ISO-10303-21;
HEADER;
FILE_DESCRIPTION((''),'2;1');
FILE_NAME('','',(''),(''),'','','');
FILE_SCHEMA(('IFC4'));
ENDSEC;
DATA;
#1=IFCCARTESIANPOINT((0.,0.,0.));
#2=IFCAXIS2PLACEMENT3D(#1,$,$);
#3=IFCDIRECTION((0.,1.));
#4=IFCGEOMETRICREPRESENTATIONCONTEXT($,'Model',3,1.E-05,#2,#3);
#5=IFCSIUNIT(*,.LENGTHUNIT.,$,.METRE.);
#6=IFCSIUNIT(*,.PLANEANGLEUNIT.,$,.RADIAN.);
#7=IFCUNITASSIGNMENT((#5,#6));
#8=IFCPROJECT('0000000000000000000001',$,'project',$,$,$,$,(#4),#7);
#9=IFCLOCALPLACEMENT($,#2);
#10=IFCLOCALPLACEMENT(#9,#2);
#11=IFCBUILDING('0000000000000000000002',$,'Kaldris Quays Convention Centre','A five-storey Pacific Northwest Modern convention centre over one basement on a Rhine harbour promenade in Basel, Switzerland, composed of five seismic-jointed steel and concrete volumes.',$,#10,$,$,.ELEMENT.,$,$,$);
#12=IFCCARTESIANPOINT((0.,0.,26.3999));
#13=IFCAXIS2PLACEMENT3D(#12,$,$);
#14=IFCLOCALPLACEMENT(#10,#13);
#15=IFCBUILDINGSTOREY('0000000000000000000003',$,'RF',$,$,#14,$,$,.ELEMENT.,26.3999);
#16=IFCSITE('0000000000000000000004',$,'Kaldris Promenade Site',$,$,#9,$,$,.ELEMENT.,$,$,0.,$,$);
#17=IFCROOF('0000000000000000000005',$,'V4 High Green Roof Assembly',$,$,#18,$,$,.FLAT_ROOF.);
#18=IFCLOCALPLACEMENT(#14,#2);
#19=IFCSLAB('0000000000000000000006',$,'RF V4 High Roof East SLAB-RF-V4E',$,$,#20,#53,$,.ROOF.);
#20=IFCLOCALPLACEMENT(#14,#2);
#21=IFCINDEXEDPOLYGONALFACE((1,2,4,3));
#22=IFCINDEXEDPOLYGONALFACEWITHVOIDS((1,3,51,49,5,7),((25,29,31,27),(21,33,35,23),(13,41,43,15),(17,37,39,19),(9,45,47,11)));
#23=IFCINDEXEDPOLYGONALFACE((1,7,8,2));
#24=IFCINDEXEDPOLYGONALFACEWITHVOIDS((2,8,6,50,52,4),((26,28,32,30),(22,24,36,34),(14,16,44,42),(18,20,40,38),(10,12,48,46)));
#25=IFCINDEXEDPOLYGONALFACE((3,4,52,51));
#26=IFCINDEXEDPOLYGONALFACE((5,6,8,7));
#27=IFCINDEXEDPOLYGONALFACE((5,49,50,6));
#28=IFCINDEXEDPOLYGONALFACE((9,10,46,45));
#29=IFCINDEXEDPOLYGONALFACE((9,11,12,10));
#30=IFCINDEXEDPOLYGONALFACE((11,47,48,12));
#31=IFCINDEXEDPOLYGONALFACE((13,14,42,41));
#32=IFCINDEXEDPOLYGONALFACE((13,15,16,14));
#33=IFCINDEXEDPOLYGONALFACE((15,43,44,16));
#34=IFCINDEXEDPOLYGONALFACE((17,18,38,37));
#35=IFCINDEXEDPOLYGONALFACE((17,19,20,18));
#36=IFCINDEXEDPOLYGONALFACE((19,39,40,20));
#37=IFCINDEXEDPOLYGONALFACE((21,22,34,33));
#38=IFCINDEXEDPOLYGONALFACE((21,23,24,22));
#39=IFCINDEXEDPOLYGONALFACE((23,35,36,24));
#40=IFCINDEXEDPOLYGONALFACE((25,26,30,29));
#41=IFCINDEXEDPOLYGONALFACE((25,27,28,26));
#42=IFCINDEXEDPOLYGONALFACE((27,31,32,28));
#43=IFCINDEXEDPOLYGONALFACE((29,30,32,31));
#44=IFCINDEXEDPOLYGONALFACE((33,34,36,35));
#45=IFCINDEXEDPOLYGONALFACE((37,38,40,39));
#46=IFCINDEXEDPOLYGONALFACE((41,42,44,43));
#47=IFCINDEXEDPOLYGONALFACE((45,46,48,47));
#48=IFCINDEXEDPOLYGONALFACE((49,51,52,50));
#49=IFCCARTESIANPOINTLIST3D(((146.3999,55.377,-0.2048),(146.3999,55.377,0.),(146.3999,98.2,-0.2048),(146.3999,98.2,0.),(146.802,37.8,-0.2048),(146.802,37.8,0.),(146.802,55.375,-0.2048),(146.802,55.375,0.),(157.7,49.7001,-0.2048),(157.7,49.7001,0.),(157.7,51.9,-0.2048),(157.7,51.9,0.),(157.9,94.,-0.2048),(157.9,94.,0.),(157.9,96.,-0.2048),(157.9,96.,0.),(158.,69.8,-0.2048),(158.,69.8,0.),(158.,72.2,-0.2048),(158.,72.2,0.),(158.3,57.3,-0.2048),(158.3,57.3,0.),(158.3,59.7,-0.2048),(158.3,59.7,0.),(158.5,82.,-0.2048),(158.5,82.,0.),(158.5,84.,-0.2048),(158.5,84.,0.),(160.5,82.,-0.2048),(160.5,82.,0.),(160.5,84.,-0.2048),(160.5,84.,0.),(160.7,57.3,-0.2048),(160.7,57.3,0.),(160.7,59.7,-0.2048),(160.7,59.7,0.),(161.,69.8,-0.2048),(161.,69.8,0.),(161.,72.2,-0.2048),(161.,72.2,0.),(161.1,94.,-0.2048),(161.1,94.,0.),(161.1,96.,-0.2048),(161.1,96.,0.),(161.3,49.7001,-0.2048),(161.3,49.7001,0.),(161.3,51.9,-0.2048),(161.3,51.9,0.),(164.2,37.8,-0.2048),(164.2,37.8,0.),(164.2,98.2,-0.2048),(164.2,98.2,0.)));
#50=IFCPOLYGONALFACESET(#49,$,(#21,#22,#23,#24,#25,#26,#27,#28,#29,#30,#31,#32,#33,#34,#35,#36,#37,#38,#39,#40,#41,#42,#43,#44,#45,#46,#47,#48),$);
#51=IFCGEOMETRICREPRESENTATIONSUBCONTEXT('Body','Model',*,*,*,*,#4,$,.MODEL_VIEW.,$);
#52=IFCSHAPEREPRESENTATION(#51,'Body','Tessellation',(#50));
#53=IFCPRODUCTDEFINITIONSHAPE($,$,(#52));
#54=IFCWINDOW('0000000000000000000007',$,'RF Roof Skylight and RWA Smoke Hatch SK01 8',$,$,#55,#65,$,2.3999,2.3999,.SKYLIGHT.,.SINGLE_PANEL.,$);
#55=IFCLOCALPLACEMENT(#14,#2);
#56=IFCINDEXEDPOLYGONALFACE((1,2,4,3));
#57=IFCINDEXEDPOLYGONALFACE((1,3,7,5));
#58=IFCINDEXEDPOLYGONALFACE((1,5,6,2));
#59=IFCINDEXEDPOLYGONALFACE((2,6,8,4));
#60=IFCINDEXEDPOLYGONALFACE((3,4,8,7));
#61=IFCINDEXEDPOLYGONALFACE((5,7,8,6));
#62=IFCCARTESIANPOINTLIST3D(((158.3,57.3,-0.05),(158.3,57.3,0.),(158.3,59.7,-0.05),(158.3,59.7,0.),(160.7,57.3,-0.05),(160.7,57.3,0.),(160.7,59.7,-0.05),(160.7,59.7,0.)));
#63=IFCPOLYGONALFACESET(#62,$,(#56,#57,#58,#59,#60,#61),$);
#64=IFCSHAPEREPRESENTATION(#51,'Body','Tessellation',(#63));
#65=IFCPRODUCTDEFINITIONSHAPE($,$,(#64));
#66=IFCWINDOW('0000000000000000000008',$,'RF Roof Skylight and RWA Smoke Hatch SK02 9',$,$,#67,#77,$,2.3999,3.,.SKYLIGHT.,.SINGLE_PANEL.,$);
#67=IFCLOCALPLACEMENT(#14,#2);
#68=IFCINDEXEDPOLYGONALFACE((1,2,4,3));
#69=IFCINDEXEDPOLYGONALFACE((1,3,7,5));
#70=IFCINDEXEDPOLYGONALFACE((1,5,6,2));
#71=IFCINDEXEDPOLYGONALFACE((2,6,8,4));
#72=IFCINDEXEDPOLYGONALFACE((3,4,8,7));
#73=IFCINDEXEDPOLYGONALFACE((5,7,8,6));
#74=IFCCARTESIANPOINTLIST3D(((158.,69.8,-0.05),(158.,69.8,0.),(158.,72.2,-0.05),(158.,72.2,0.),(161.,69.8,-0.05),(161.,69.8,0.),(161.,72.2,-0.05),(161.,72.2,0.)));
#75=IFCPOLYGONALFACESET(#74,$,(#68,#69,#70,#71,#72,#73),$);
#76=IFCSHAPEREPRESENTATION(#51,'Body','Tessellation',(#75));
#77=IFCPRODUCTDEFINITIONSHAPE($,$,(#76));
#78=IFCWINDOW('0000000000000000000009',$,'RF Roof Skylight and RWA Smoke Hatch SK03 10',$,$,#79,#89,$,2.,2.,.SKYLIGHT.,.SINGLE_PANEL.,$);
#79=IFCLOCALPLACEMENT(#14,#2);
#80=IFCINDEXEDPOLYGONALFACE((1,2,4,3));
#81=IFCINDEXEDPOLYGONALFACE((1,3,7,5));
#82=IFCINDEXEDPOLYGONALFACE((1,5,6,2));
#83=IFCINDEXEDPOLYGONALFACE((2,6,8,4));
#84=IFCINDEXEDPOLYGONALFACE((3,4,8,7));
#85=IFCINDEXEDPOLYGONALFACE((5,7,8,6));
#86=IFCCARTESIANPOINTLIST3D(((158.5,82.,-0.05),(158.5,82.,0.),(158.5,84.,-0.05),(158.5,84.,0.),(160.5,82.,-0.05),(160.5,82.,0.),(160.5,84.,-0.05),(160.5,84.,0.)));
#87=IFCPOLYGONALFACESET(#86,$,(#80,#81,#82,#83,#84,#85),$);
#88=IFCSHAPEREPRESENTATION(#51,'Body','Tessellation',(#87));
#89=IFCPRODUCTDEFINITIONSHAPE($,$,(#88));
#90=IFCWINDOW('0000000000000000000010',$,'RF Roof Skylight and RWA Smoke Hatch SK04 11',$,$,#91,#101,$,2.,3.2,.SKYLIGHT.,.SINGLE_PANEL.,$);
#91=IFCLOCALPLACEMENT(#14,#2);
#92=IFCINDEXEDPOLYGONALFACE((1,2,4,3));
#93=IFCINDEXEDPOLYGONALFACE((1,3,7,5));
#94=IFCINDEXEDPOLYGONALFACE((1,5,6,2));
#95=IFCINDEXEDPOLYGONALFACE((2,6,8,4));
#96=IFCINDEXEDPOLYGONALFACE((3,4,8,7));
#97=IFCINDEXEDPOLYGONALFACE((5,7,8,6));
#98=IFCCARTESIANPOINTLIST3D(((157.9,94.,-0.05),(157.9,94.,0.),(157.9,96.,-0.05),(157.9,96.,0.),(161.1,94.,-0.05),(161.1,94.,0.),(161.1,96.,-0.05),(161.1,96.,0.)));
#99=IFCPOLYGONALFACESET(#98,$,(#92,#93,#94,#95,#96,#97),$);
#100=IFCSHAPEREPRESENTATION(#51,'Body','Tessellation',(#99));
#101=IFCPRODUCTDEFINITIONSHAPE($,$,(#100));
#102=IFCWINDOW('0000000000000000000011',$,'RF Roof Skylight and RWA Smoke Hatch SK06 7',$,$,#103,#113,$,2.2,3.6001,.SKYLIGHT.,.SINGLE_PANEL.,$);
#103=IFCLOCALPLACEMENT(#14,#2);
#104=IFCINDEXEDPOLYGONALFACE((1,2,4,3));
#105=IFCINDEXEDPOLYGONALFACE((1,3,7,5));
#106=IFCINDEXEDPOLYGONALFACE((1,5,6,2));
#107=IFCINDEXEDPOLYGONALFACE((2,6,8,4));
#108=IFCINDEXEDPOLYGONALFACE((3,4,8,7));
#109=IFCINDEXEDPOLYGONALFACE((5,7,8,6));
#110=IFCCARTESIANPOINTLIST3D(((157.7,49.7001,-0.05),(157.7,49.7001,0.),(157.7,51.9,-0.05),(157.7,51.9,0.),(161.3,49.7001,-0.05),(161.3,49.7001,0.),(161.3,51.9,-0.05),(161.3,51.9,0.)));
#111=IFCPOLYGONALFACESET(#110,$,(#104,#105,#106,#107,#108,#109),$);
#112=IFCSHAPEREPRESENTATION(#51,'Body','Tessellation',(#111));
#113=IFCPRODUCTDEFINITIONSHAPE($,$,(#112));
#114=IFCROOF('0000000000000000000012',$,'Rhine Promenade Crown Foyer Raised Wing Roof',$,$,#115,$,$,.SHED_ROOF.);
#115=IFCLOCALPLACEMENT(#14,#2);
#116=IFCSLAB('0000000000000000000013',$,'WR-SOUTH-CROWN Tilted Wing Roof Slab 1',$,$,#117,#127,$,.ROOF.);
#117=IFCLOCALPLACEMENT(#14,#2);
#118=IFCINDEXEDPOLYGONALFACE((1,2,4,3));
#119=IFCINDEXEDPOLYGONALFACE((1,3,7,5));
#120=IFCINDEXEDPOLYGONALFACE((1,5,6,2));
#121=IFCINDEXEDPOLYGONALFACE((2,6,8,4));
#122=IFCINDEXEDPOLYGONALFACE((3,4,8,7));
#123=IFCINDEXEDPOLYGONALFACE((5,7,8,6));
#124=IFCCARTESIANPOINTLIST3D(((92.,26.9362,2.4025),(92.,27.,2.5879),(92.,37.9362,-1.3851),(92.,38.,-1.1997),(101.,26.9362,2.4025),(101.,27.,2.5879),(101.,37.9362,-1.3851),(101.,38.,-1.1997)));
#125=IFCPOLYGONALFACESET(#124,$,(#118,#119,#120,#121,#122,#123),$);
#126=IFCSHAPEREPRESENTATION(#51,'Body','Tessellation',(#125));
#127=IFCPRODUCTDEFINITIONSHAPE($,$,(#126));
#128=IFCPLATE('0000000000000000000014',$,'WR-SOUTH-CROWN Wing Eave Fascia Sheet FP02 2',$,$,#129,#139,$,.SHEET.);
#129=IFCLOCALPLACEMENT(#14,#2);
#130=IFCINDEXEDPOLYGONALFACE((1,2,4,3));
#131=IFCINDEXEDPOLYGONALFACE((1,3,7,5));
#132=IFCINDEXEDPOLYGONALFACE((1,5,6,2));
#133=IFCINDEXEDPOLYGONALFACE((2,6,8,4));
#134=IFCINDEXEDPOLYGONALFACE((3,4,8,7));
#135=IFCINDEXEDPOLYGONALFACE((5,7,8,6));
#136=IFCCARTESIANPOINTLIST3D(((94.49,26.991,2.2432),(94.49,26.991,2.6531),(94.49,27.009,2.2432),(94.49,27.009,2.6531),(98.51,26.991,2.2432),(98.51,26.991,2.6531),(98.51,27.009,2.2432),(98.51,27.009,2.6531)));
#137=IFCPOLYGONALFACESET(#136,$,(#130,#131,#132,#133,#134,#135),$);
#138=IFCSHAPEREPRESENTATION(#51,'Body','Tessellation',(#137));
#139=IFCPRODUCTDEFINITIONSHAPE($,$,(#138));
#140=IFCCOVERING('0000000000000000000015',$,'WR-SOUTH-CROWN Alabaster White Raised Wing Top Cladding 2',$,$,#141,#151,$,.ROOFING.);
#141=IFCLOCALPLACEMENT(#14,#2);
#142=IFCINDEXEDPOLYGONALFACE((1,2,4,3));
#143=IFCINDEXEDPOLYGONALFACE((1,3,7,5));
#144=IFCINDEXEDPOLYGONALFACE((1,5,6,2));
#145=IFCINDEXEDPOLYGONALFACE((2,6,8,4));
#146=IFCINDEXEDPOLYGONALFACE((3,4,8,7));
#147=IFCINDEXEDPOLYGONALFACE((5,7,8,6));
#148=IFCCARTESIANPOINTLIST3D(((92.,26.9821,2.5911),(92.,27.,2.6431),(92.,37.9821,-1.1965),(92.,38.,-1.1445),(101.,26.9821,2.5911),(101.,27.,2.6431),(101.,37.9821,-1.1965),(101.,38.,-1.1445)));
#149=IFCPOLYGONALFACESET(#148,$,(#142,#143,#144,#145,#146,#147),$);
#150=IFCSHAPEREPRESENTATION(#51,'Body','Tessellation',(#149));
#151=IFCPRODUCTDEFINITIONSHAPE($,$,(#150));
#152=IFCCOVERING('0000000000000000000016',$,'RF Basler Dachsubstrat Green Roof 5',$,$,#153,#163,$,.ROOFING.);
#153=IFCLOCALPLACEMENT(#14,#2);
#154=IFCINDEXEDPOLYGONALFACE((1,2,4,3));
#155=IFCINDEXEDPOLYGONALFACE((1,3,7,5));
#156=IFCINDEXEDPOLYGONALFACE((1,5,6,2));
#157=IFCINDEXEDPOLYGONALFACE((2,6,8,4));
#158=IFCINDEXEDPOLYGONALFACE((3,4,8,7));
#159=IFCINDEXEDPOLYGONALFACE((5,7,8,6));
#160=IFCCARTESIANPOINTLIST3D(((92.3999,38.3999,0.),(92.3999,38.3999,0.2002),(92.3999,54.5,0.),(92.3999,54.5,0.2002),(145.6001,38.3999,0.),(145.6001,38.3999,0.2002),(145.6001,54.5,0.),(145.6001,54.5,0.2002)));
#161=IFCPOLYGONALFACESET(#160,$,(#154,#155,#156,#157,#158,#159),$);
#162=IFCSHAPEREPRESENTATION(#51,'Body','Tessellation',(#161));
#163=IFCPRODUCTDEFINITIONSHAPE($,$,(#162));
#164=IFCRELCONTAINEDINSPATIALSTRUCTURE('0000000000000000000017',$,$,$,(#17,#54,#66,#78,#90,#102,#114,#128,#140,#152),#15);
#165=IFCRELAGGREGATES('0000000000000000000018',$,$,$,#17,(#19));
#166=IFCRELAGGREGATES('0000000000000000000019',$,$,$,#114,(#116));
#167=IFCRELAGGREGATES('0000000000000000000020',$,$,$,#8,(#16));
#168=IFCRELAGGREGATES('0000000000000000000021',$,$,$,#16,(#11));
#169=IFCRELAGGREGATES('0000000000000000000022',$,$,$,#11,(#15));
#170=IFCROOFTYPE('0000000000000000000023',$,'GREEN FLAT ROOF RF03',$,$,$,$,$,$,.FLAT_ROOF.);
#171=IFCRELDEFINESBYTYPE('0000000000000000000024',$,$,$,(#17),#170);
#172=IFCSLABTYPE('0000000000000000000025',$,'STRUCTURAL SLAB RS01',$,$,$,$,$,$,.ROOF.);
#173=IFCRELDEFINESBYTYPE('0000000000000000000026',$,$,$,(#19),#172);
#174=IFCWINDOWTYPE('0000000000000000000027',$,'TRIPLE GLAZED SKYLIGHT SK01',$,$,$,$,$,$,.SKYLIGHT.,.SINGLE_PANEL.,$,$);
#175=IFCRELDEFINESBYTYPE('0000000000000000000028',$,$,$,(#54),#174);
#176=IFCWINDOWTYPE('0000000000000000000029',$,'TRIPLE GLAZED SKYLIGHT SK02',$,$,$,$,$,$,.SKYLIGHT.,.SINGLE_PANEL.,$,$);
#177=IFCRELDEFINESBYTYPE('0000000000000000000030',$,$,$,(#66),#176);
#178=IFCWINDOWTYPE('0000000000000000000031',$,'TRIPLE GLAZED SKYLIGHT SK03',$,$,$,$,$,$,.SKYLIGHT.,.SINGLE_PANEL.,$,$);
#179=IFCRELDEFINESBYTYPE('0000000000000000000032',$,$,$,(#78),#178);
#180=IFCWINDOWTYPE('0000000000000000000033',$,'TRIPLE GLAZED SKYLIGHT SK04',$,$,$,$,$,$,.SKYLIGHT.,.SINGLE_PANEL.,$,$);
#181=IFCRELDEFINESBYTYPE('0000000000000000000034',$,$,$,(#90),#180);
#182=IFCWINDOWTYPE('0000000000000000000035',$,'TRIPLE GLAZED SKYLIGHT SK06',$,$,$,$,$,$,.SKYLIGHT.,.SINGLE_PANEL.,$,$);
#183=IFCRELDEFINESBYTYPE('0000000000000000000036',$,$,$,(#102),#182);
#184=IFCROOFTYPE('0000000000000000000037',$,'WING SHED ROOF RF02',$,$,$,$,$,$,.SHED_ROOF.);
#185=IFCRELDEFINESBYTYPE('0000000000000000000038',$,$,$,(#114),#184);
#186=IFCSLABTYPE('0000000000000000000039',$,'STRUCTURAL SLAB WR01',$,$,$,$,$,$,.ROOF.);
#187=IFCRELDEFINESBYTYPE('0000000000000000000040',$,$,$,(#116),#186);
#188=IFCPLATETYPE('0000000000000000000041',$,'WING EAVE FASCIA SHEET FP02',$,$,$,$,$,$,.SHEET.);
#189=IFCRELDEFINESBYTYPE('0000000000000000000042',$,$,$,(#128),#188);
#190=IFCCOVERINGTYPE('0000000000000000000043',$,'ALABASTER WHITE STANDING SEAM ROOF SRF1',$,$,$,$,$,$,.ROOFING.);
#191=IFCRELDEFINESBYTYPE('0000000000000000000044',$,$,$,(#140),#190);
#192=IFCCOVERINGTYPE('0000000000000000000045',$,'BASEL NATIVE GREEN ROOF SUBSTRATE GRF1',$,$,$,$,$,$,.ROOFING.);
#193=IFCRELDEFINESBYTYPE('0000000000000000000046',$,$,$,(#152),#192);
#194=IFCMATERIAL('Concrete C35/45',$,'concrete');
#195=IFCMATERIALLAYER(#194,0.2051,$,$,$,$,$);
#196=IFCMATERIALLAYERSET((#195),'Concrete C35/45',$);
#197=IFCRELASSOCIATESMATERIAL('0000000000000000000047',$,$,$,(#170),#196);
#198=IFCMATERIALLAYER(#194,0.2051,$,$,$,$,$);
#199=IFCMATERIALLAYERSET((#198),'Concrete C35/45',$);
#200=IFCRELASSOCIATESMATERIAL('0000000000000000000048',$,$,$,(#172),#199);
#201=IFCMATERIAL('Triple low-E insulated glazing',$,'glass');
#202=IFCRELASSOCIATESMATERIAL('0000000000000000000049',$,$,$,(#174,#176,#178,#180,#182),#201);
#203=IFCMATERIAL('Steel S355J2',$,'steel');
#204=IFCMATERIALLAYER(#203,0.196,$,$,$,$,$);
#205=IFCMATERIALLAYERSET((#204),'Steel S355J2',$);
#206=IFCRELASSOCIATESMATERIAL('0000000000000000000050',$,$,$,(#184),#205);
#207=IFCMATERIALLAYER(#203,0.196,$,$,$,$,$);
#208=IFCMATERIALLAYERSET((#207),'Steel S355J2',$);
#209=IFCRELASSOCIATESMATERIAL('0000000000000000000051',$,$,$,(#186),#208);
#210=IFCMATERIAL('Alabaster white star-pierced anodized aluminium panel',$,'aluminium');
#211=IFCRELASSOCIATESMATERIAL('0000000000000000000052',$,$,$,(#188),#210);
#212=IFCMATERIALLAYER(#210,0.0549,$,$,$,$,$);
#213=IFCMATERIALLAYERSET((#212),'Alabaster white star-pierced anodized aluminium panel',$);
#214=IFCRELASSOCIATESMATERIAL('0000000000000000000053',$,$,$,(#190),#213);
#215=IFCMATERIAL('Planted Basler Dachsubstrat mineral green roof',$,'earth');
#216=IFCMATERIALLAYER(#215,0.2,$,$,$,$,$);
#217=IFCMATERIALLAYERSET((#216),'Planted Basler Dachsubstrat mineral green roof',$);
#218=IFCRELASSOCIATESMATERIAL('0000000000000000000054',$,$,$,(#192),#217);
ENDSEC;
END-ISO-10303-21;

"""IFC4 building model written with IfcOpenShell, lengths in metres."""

from ifc_helpers import new_model, si_unit, direction, frame, origin, origin_2d, place, context, subcontext, project, spatial, polyline, rectangle, outline, extrude, material, layer, layer_set, type_object, element, fill, aggregate, save


model = new_model("IFC4")

# Units and contexts
model_context = context("Model", 3, precision=1e-05, world=origin(), true_north=direction((0.0, 1.0)))
body_context = subcontext(model_context, "Body", "Model", "MODEL_VIEW")
ifc_project = project(units=[si_unit("LENGTHUNIT", "METRE"), si_unit("PLANEANGLEUNIT", "RADIAN")], contexts=[model_context])

# Site, building, storey
site_placement = place(None, origin())
site = spatial("IfcSite", under=ifc_project, at=site_placement, Name="Kaldris Promenade Site", CompositionType="ELEMENT", RefElevation=0.0)
building_placement = place(site_placement, origin())
building = spatial("IfcBuilding", under=site, at=building_placement, Name="Kaldris Quays Convention Centre", Description="A five-storey Pacific Northwest Modern convention centre over one basement on a Rhine harbour promenade in Basel, Switzerland, composed of five seismic-jointed steel and concrete volumes.", CompositionType="ELEMENT")
storey_placement = place(building_placement, frame((0.0, 0.0, 26.3999)))
storey = spatial("IfcBuildingStorey", under=building, at=storey_placement, Name="RF", CompositionType="ELEMENT", Elevation=26.3999)

# Shared definitions
ifc_material_1 = material(Name="Steel S355J2", Category="steel")

# Roof, slab, openings, windows
ifc_material_2 = material(Name="Concrete C35/45", Category="concrete")
ifc_layer_1 = layer(ifc_material_2, 0.2051)
ifc_layer_set_1 = layer_set([ifc_layer_1], Name="Concrete C35/45")
roof_type_1 = type_object("IfcRoofType", Name="GREEN FLAT ROOF RF03", PredefinedType="FLAT_ROOF", material=ifc_layer_set_1)
roof_1_placement = place(storey_placement, origin())
roof_1 = element("IfcRoof", 1, at=roof_1_placement, inside=storey, type_object=roof_type_1, Name="V4 High Green Roof Assembly", PredefinedType="FLAT_ROOF")
ifc_layer_2 = layer(ifc_material_2, 0.2051)
ifc_layer_set_2 = layer_set([ifc_layer_2], Name="Concrete C35/45")
slab_type_1 = type_object("IfcSlabType", Name="STRUCTURAL SLAB RS01", PredefinedType="ROOF", material=ifc_layer_set_2)
ifc_material_3 = material(Name="Triple low-E insulated glazing", Category="glass")
window_type_1 = type_object("IfcWindowType", Name="TRIPLE GLAZED SKYLIGHT SK01", PartitioningType="SINGLE_PANEL", PredefinedType="SKYLIGHT", material=ifc_material_3)
window_type_2 = type_object("IfcWindowType", Name="TRIPLE GLAZED SKYLIGHT SK02", PartitioningType="SINGLE_PANEL", PredefinedType="SKYLIGHT", material=ifc_material_3)
window_type_3 = type_object("IfcWindowType", Name="TRIPLE GLAZED SKYLIGHT SK03", PartitioningType="SINGLE_PANEL", PredefinedType="SKYLIGHT", material=ifc_material_3)
window_type_4 = type_object("IfcWindowType", Name="TRIPLE GLAZED SKYLIGHT SK04", PartitioningType="SINGLE_PANEL", PredefinedType="SKYLIGHT", material=ifc_material_3)
window_type_5 = type_object("IfcWindowType", Name="TRIPLE GLAZED SKYLIGHT SK06", PartitioningType="SINGLE_PANEL", PredefinedType="SKYLIGHT", material=ifc_material_3)
slab_1_placement = place(storey_placement, frame((0.0, 0.0, -0.2048)))
slab_1 = element("IfcSlab", 2, at=slab_1_placement, type_object=slab_type_1, Name="RF V4 High Roof East SLAB-RF-V4E", PredefinedType="ROOF", context=body_context, shape_type="SweptSolid", body=[
    extrude(outline(polyline([(146.3999, 98.2), (164.2, 98.2), (164.2, 37.8), (146.802, 37.8), (146.802, 55.375), (146.3999, 55.377), (146.3999, 98.2)])), origin(), (0.0, 0.0, 1.0), 0.2048),
])
opening_1_placement = place(slab_1_placement, frame((159.5, 50.8, 0.0)))
opening_1 = element("IfcOpeningElement", 3, at=opening_1_placement, cuts=slab_1, PredefinedType="OPENING", context=body_context, shape_type="SweptSolid", body=[
    extrude(rectangle(XDim=3.6001, YDim=2.2, at=origin_2d()), frame((0.0, 0.0, -0.01)), (0.0, 0.0, 1.0), 0.2249),
])
opening_2_placement = place(slab_1_placement, frame((159.5, 58.5, 0.0)))
opening_2 = element("IfcOpeningElement", 4, at=opening_2_placement, cuts=slab_1, PredefinedType="OPENING", context=body_context, shape_type="SweptSolid", body=[
    extrude(rectangle(XDim=2.3999, YDim=2.3999, at=origin_2d()), frame((0.0, 0.0, -0.01)), (0.0, 0.0, 1.0), 0.2249),
])
opening_3_placement = place(slab_1_placement, frame((159.5, 71.0, 0.0)))
opening_3 = element("IfcOpeningElement", 5, at=opening_3_placement, cuts=slab_1, PredefinedType="OPENING", context=body_context, shape_type="SweptSolid", body=[
    extrude(rectangle(XDim=3.0, YDim=2.3999, at=origin_2d()), frame((0.0, 0.0, -0.01)), (0.0, 0.0, 1.0), 0.2249),
])
opening_4_placement = place(slab_1_placement, frame((159.5, 83.0, 0.0)))
opening_4 = element("IfcOpeningElement", 6, at=opening_4_placement, cuts=slab_1, PredefinedType="OPENING", context=body_context, shape_type="SweptSolid", body=[
    extrude(rectangle(XDim=2.0, YDim=2.0, at=origin_2d()), frame((0.0, 0.0, -0.01)), (0.0, 0.0, 1.0), 0.2249),
])
opening_5_placement = place(slab_1_placement, frame((159.5, 95.0, 0.0)))
opening_5 = element("IfcOpeningElement", 7, at=opening_5_placement, cuts=slab_1, PredefinedType="OPENING", context=body_context, shape_type="SweptSolid", body=[
    extrude(rectangle(XDim=3.2, YDim=2.0, at=origin_2d()), frame((0.0, 0.0, -0.01)), (0.0, 0.0, 1.0), 0.2249),
])
window_1_placement = place(opening_2_placement, frame((0.0, 0.0, 0.1548)))
window_1 = element("IfcWindow", 8, at=window_1_placement, inside=storey, type_object=window_type_1, Name="RF Roof Skylight and RWA Smoke Hatch SK01 8", OverallHeight=2.3999, OverallWidth=2.3999, PartitioningType="SINGLE_PANEL", PredefinedType="SKYLIGHT", context=body_context, shape_type="SweptSolid", body=[
    extrude(rectangle(XDim=2.3999, YDim=2.3999, at=origin_2d()), origin(), (0.0, 0.0, 1.0), 0.05),
])
fill(opening_2, window_1)
window_2_placement = place(opening_3_placement, frame((0.0, 0.0, 0.1548)))
window_2 = element("IfcWindow", 9, at=window_2_placement, inside=storey, type_object=window_type_2, Name="RF Roof Skylight and RWA Smoke Hatch SK02 9", OverallHeight=2.3999, OverallWidth=3.0, PartitioningType="SINGLE_PANEL", PredefinedType="SKYLIGHT", context=body_context, shape_type="SweptSolid", body=[
    extrude(rectangle(XDim=3.0, YDim=2.3999, at=origin_2d()), origin(), (0.0, 0.0, 1.0), 0.05),
])
fill(opening_3, window_2)
window_3_placement = place(opening_4_placement, frame((0.0, 0.0, 0.1548)))
window_3 = element("IfcWindow", 10, at=window_3_placement, inside=storey, type_object=window_type_3, Name="RF Roof Skylight and RWA Smoke Hatch SK03 10", OverallHeight=2.0, OverallWidth=2.0, PartitioningType="SINGLE_PANEL", PredefinedType="SKYLIGHT", context=body_context, shape_type="SweptSolid", body=[
    extrude(rectangle(XDim=2.0, YDim=2.0, at=origin_2d()), origin(), (0.0, 0.0, 1.0), 0.05),
])
fill(opening_4, window_3)
window_4_placement = place(opening_5_placement, frame((0.0, 0.0, 0.1548)))
window_4 = element("IfcWindow", 11, at=window_4_placement, inside=storey, type_object=window_type_4, Name="RF Roof Skylight and RWA Smoke Hatch SK04 11", OverallHeight=2.0, OverallWidth=3.2, PartitioningType="SINGLE_PANEL", PredefinedType="SKYLIGHT", context=body_context, shape_type="SweptSolid", body=[
    extrude(rectangle(XDim=3.2, YDim=2.0, at=origin_2d()), origin(), (0.0, 0.0, 1.0), 0.05),
])
fill(opening_5, window_4)
window_5_placement = place(opening_1_placement, frame((0.0, 0.0, 0.1548)))
window_5 = element("IfcWindow", 12, at=window_5_placement, inside=storey, type_object=window_type_5, Name="RF Roof Skylight and RWA Smoke Hatch SK06 7", OverallHeight=2.2, OverallWidth=3.6001, PartitioningType="SINGLE_PANEL", PredefinedType="SKYLIGHT", context=body_context, shape_type="SweptSolid", body=[
    extrude(rectangle(XDim=3.6001, YDim=2.2, at=origin_2d()), origin(), (0.0, 0.0, 1.0), 0.05),
])
fill(opening_1, window_5)
aggregate(roof_1, [slab_1])

# Roof, slab
ifc_layer_3 = layer(ifc_material_1, 0.196)
ifc_layer_set_3 = layer_set([ifc_layer_3], Name="Steel S355J2")
roof_type_2 = type_object("IfcRoofType", Name="WING SHED ROOF RF02", PredefinedType="SHED_ROOF", material=ifc_layer_set_3)
roof_2_placement = place(storey_placement, origin())
roof_2 = element("IfcRoof", 13, at=roof_2_placement, inside=storey, type_object=roof_type_2, Name="Rhine Promenade Crown Foyer Raised Wing Roof", PredefinedType="SHED_ROOF")
ifc_layer_4 = layer(ifc_material_1, 0.196)
ifc_layer_set_4 = layer_set([ifc_layer_4], Name="Steel S355J2")
slab_type_2 = type_object("IfcSlabType", Name="STRUCTURAL SLAB WR01", PredefinedType="ROOF", material=ifc_layer_set_4)
slab_2_placement = place(storey_placement, frame((92.0, 27.0, 2.5879), z_axis=(0.0, 0.325568, 0.945519), x_axis=(1.0, 0.0, 0.0)))
slab_2 = element("IfcSlab", 14, at=slab_2_placement, type_object=slab_type_2, Name="WR-SOUTH-CROWN Tilted Wing Roof Slab 1", PredefinedType="ROOF", context=body_context, shape_type="SweptSolid", body=[
    extrude(outline(polyline([(0.0, 0.0), (9.0, 0.0), (9.0, 11.6338), (0.0, 11.6338), (0.0, 0.0)])), origin(), (0.0, 0.0, -1.0), 0.196),
])
aggregate(roof_2, [slab_2])

# Plate
ifc_material_4 = material(Name="Alabaster white star-pierced anodized aluminium panel", Category="aluminium")
plate_type = type_object("IfcPlateType", Name="WING EAVE FASCIA SHEET FP02", PredefinedType="SHEET", material=ifc_material_4)
plate_placement = place(storey_placement, frame((96.5, 27.0, 2.2432), z_axis=(0.0, 0.0, 1.0), x_axis=(1.0, 0.0, 0.0)))
element("IfcPlate", 15, at=plate_placement, inside=storey, type_object=plate_type, Name="WR-SOUTH-CROWN Wing Eave Fascia Sheet FP02 2", PredefinedType="SHEET", context=body_context, shape_type="SweptSolid", body=[
    extrude(rectangle(XDim=4.02, YDim=0.0181, at=origin_2d()), origin(), (0.0, 0.0, 1.0), 0.4099),
])

# Coverings
ifc_layer_5 = layer(ifc_material_4, 0.0549)
ifc_layer_set_5 = layer_set([ifc_layer_5], Name="Alabaster white star-pierced anodized aluminium panel")
covering_type_1 = type_object("IfcCoveringType", Name="ALABASTER WHITE STANDING SEAM ROOF SRF1", PredefinedType="ROOFING", material=ifc_layer_set_5)
covering_1_placement = place(storey_placement, frame((92.0, 27.0, 2.6431), z_axis=(0.0, 0.325568, 0.945519), x_axis=(1.0, 0.0, 0.0)))
element("IfcCovering", 16, at=covering_1_placement, inside=storey, type_object=covering_type_1, Name="WR-SOUTH-CROWN Alabaster White Raised Wing Top Cladding 2", PredefinedType="ROOFING", context=body_context, shape_type="SweptSolid", body=[
    extrude(outline(polyline([(0.0, 0.0), (9.0, 0.0), (9.0, 11.6338), (0.0, 11.6338), (0.0, 0.0)])), origin(), (0.0, 0.0, -1.0), 0.0549),
])
ifc_material_5 = material(Name="Planted Basler Dachsubstrat mineral green roof", Category="earth")
ifc_layer_6 = layer(ifc_material_5, 0.2)
ifc_layer_set_6 = layer_set([ifc_layer_6], Name="Planted Basler Dachsubstrat mineral green roof")
covering_type_2 = type_object("IfcCoveringType", Name="BASEL NATIVE GREEN ROOF SUBSTRATE GRF1", PredefinedType="ROOFING", material=ifc_layer_set_6)
covering_2_placement = place(storey_placement, origin())
element("IfcCovering", 17, at=covering_2_placement, inside=storey, type_object=covering_type_2, Name="RF Basler Dachsubstrat Green Roof 5", PredefinedType="ROOFING", context=body_context, shape_type="SweptSolid", body=[
    extrude(outline(polyline([(92.3999, 38.3999), (145.6001, 38.3999), (145.6001, 54.5), (92.3999, 54.5), (92.3999, 38.3999)])), origin(), (0.0, 0.0, 1.0), 0.2002),
])

save(model, "model.ifc")
